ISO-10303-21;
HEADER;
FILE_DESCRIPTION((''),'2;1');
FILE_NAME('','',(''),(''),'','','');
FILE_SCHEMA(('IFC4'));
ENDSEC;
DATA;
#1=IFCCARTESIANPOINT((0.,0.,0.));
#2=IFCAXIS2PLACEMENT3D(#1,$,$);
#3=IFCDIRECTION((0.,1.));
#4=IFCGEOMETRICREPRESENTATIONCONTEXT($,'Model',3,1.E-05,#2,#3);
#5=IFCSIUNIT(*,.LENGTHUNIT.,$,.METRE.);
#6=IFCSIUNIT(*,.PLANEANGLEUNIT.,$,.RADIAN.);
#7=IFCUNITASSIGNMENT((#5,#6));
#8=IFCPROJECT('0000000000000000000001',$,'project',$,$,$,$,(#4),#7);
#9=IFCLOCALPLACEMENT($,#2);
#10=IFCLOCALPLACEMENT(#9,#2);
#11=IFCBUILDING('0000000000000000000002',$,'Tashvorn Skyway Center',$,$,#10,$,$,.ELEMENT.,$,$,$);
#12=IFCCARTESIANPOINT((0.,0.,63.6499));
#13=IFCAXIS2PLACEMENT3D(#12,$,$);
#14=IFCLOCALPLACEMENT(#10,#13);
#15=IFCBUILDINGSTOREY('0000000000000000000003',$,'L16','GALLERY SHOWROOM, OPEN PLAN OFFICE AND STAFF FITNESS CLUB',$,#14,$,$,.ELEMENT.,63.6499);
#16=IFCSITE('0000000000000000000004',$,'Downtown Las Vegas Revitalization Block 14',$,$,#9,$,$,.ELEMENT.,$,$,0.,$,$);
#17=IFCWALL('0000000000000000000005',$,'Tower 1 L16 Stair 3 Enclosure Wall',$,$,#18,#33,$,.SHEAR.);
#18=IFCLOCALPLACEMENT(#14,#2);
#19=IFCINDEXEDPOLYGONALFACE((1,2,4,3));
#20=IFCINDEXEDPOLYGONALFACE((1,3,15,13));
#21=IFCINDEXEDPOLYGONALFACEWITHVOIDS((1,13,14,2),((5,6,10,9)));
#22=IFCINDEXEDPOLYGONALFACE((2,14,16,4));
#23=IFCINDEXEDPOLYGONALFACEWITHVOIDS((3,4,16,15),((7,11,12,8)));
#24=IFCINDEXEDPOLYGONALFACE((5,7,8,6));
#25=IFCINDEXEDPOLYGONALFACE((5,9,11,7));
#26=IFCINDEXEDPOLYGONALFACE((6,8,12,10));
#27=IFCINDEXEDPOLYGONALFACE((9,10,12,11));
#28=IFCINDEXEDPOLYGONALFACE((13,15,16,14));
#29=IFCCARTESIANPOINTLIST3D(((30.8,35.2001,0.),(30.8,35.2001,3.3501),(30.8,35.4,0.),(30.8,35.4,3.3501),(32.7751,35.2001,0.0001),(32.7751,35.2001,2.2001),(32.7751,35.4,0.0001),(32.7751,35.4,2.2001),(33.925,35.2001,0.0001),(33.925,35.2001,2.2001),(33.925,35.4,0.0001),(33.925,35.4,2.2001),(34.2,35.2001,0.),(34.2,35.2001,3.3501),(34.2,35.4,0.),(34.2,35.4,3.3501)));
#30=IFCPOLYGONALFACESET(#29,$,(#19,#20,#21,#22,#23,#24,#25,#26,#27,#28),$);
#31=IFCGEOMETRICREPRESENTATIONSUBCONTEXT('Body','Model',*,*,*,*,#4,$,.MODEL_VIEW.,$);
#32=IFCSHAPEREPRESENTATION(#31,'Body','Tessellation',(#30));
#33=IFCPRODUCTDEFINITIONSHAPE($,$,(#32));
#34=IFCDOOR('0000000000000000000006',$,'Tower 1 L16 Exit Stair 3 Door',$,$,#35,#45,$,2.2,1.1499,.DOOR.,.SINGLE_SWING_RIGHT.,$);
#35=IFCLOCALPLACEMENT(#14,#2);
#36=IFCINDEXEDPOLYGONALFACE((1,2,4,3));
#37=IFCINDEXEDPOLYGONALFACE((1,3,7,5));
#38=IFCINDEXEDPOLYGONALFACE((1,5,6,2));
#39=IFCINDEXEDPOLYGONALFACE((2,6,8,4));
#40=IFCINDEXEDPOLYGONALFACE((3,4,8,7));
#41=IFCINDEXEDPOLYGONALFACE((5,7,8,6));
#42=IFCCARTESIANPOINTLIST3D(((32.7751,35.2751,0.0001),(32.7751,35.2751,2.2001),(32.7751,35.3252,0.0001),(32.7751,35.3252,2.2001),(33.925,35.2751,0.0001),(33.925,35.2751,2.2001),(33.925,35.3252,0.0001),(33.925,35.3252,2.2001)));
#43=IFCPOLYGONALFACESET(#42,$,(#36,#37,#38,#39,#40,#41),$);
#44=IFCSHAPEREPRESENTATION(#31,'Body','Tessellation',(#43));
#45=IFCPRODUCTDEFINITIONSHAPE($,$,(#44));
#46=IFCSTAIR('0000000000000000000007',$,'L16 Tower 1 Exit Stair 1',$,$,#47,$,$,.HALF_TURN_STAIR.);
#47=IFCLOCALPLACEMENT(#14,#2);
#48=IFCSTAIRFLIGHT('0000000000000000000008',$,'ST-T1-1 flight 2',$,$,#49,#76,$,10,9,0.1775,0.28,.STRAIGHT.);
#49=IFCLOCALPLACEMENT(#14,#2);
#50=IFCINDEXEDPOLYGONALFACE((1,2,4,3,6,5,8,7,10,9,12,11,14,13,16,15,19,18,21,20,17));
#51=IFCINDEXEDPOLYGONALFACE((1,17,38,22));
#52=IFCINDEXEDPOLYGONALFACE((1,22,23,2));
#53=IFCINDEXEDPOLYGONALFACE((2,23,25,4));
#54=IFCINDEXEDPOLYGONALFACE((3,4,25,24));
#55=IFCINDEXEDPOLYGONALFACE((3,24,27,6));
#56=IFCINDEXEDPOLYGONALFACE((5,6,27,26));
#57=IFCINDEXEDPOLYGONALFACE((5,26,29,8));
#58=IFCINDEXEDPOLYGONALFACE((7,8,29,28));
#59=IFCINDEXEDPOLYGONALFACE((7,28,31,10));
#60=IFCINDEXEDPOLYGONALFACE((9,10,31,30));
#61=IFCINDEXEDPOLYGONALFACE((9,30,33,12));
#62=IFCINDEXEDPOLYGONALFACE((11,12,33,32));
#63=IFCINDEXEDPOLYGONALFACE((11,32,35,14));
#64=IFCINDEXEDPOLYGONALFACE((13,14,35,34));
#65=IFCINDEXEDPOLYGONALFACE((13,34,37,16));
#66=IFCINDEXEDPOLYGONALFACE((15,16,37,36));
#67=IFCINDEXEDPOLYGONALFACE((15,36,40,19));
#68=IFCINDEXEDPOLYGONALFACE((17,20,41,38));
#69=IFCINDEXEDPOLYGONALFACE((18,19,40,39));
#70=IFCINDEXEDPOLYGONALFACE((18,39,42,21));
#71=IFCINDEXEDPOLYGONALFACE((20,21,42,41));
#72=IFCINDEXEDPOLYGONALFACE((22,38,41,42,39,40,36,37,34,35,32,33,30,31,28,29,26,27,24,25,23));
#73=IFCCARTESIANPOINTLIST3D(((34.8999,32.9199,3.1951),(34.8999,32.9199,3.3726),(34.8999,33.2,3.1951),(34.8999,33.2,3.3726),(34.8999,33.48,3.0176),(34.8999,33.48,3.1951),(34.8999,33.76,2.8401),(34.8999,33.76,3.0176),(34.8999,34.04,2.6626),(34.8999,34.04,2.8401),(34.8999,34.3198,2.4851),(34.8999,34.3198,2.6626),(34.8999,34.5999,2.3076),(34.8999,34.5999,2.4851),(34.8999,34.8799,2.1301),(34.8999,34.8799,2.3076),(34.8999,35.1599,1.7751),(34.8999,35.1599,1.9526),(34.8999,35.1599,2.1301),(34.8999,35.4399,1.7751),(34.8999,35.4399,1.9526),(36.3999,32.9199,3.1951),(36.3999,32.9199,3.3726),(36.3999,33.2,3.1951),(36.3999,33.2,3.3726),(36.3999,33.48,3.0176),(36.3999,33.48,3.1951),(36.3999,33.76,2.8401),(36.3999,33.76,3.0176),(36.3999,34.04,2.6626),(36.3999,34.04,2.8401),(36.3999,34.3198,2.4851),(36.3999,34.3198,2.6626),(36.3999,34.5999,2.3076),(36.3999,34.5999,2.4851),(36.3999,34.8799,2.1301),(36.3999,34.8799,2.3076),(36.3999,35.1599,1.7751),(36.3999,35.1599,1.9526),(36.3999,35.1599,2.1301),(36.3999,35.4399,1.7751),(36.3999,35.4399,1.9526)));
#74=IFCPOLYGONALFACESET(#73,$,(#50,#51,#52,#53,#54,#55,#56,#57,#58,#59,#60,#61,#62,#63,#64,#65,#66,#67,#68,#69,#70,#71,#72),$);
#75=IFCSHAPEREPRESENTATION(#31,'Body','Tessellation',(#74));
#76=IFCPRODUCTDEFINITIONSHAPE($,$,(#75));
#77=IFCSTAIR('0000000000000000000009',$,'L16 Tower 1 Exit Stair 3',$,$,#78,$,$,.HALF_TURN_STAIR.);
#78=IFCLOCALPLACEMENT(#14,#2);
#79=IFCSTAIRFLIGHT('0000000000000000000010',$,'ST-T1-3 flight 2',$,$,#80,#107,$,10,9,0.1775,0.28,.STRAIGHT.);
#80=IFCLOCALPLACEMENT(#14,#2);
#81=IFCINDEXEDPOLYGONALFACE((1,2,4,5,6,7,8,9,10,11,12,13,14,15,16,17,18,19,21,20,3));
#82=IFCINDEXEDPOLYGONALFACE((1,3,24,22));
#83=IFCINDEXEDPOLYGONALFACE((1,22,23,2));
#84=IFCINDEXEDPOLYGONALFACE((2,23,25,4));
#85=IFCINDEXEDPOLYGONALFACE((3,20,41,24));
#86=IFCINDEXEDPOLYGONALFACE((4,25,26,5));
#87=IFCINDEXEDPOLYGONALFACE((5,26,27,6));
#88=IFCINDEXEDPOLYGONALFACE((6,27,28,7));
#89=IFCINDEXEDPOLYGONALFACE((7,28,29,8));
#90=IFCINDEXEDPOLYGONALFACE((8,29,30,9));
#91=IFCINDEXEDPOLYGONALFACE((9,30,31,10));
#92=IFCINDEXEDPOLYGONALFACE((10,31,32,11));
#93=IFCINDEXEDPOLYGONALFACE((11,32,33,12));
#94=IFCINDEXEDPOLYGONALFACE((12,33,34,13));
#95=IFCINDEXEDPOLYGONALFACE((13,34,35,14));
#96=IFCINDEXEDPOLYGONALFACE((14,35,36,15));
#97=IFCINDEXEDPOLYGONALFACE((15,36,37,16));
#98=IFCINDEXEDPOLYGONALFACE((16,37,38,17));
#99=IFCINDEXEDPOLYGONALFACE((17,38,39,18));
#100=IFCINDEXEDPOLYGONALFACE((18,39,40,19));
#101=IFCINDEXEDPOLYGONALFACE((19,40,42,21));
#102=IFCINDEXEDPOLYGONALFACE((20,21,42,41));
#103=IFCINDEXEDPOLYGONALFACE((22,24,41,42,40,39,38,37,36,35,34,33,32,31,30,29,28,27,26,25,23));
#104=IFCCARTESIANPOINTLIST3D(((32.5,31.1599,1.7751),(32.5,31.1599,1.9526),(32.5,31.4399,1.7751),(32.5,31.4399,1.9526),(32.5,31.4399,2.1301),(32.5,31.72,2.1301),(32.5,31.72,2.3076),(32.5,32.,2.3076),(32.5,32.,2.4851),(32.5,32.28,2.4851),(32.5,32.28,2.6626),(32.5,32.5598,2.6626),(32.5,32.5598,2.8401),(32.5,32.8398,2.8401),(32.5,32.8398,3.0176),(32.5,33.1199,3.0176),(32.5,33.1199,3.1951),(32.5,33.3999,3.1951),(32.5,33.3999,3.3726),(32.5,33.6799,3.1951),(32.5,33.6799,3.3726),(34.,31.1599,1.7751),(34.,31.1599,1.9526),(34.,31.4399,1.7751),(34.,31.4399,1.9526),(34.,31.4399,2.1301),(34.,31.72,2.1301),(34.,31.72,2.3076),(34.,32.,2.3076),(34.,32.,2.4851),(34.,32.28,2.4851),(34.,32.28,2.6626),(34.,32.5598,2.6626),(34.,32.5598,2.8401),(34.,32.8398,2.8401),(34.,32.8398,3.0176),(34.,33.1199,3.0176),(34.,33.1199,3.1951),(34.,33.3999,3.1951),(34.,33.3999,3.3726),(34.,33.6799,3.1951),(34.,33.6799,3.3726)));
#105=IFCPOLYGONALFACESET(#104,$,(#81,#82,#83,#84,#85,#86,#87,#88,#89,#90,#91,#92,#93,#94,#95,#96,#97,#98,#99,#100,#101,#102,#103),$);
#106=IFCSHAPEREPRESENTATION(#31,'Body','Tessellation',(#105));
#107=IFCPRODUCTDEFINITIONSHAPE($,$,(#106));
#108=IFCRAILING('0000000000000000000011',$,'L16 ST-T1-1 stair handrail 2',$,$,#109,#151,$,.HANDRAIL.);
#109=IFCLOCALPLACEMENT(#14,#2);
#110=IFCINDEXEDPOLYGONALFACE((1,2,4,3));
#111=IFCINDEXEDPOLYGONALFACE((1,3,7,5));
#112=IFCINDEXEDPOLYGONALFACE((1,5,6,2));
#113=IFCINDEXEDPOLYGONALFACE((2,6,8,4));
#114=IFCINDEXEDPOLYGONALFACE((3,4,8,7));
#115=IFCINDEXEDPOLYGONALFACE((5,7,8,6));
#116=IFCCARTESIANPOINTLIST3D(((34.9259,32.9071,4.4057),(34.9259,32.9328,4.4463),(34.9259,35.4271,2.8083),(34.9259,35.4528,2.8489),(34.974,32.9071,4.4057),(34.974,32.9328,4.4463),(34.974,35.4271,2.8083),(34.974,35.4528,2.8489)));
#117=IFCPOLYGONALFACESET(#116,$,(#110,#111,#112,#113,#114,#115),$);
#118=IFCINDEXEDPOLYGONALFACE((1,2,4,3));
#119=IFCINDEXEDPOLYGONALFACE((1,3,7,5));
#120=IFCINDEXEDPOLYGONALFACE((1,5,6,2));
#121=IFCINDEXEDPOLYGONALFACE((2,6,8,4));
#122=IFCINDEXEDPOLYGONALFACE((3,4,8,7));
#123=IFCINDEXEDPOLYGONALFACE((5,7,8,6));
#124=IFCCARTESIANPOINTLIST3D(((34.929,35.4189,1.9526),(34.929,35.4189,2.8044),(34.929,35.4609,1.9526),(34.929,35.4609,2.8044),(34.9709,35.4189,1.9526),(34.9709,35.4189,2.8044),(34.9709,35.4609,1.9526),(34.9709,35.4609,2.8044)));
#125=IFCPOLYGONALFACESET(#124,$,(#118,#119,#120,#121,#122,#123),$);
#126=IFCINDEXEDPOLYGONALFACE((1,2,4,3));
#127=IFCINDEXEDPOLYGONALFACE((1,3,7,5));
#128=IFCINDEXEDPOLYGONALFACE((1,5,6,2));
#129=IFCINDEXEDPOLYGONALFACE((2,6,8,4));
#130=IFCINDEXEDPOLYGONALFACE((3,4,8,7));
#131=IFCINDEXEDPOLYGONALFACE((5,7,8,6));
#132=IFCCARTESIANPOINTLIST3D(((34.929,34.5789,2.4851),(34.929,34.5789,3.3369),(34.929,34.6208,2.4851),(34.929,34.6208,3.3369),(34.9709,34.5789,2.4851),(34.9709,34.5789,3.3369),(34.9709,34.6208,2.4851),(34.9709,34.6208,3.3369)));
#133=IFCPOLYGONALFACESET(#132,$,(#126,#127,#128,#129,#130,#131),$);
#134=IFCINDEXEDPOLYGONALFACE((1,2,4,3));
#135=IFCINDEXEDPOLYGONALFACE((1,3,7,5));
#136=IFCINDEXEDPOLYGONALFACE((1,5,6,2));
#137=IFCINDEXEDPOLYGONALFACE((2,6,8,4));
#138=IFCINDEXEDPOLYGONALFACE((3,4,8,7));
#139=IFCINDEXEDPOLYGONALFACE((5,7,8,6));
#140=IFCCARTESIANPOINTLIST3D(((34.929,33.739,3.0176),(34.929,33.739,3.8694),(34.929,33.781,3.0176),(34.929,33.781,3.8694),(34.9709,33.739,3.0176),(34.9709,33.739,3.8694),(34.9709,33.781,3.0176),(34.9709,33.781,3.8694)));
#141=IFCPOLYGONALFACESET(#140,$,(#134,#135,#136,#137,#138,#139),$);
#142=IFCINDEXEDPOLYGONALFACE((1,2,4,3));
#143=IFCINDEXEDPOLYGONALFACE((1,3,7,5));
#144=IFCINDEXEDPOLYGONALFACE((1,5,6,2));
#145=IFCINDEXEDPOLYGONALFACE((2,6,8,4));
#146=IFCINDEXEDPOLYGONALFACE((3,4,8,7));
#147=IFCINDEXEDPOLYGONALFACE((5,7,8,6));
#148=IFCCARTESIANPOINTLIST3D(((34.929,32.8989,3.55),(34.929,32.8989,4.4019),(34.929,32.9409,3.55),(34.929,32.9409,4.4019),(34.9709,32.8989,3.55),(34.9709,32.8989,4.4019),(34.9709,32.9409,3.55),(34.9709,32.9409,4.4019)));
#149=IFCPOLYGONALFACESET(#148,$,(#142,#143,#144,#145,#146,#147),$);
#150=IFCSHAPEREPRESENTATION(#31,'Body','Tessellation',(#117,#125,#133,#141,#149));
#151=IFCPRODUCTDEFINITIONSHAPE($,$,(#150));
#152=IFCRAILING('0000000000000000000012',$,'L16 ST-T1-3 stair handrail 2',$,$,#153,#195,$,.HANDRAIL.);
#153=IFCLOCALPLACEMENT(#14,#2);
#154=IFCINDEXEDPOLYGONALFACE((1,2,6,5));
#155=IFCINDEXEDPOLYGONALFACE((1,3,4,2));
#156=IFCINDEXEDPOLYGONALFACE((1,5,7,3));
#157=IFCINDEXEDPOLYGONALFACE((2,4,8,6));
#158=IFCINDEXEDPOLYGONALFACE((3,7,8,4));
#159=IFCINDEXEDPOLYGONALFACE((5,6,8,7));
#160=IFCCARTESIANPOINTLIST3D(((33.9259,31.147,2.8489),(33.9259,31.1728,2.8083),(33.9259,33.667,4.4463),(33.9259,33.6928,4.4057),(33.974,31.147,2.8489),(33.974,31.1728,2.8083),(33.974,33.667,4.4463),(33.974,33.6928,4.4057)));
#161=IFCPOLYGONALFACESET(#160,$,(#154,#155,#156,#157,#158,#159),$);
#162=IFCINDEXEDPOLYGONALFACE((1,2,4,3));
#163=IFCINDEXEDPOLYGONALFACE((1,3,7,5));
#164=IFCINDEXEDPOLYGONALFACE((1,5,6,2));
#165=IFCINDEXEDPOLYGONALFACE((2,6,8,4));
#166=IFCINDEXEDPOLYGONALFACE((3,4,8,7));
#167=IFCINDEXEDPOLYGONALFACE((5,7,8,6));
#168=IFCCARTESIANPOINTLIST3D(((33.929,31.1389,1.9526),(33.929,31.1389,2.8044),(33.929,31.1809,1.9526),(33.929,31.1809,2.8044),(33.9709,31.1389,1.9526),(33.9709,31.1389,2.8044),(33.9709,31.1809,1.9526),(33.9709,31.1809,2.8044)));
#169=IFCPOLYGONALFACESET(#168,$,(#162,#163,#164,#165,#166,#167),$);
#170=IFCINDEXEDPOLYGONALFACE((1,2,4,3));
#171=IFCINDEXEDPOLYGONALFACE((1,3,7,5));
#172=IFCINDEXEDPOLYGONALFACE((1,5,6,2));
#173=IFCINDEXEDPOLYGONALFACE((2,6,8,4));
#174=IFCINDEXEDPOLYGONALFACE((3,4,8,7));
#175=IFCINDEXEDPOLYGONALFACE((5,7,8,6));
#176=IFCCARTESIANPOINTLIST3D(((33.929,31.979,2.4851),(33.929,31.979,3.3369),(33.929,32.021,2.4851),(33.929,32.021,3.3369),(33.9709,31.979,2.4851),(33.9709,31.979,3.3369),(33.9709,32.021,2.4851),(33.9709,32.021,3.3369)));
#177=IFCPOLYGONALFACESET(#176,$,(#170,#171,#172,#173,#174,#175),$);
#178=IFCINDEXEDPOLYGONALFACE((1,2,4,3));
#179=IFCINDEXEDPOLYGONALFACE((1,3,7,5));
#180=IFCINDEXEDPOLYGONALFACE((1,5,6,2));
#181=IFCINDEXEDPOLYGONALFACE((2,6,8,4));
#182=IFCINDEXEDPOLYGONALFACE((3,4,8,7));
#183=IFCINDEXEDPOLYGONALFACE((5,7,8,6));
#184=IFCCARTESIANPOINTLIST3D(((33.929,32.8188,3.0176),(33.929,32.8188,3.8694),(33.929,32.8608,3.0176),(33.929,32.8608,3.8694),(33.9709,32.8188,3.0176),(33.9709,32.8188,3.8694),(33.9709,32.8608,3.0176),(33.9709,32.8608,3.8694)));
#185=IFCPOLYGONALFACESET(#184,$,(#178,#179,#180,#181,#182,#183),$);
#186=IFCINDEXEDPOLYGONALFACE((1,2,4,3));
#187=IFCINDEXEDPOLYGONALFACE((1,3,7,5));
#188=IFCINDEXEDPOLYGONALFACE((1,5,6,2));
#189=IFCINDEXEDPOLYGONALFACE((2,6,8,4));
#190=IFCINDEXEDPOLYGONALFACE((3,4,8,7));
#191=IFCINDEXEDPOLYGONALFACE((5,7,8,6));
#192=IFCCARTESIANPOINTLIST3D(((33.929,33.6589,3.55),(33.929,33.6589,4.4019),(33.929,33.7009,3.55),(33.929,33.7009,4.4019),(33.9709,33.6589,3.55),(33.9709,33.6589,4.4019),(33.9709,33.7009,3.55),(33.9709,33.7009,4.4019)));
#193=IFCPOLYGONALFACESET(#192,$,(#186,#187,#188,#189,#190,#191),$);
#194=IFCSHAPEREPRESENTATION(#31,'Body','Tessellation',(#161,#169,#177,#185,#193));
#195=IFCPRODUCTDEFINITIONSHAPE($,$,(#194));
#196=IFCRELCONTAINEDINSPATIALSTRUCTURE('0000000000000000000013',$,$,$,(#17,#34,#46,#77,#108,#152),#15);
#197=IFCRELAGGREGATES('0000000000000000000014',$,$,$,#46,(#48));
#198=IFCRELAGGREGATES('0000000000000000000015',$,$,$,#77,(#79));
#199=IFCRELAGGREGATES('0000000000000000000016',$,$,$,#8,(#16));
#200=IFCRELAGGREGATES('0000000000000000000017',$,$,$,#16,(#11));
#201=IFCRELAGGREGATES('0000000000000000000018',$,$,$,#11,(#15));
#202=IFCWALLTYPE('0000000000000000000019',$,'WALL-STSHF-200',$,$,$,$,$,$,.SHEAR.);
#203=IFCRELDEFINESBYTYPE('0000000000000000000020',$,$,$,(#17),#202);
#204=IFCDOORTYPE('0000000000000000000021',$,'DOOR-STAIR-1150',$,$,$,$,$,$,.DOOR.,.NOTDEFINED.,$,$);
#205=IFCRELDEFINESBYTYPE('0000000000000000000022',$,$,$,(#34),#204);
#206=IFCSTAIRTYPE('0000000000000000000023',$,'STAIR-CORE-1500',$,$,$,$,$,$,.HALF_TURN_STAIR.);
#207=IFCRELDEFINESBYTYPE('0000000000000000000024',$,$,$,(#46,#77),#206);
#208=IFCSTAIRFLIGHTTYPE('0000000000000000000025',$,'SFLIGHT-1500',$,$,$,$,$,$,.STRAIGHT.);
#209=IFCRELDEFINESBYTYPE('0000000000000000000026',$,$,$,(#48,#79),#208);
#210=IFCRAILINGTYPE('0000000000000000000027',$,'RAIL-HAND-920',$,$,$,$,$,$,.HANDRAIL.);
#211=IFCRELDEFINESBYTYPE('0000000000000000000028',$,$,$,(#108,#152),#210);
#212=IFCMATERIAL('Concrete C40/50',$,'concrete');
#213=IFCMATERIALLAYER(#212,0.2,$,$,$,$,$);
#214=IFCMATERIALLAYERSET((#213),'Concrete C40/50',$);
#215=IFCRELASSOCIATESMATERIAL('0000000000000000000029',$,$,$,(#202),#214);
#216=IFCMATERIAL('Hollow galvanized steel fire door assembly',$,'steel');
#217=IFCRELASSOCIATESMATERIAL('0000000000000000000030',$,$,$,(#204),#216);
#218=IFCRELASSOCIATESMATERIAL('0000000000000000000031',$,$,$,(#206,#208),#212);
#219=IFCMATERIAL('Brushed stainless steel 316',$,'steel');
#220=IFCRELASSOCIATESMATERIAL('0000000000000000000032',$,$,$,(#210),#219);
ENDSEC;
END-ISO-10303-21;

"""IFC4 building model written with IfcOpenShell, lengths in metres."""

from ifc_helpers import new_model, si_unit, direction, frame, frame_2d, origin, origin_2d, place, context, subcontext, project, spatial, polyline, rectangle, outline, extrude, material, layer, layer_set, type_object, element, fill, aggregate, save


model = new_model("IFC4")

# Units and contexts
model_context = context("Model", 3, precision=1e-05, world=origin(), true_north=direction((0.0, 1.0)))
body_context = subcontext(model_context, "Body", "Model", "MODEL_VIEW")
ifc_project = project(units=[si_unit("LENGTHUNIT", "METRE"), si_unit("PLANEANGLEUNIT", "RADIAN")], contexts=[model_context])

# Site, building, storey
site_placement = place(None, origin())
site = spatial("IfcSite", under=ifc_project, at=site_placement, Name="Downtown Las Vegas Revitalization Block 14", CompositionType="ELEMENT", RefElevation=0.0)
building_placement = place(site_placement, origin())
building = spatial("IfcBuilding", under=site, at=building_placement, Name="Tashvorn Skyway Center", CompositionType="ELEMENT")
storey_placement = place(building_placement, frame((0.0, 0.0, 63.6499)))
storey = spatial("IfcBuildingStorey", under=building, at=storey_placement, Name="L16", Description="GALLERY SHOWROOM, OPEN PLAN OFFICE AND STAFF FITNESS CLUB", CompositionType="ELEMENT", Elevation=63.6499)

# Shared definitions
ifc_material_1 = material(Name="Hollow galvanized steel fire door assembly", Category="steel")

# Shared definitions
ifc_material_2 = material(Name="Concrete C40/50", Category="concrete")
ifc_layer_1 = layer(ifc_material_2, 0.2)
ifc_layer_set_1 = layer_set([ifc_layer_1], Name="Concrete C40/50")
wall_type_1 = type_object("IfcWallType", Name="WALL-STSHF-200", PredefinedType="SHEAR", material=ifc_layer_set_1)

# Wall, opening, door
wall_1_placement = place(storey_placement, frame((34.2, 35.3, 0.0), z_axis=(0.0, 0.0, 1.0), x_axis=(-1.0, 0.0, 0.0)))
wall_1 = element("IfcWall", 1, at=wall_1_placement, inside=storey, type_object=wall_type_1, Name="Tower 1 L16 Stair 3 Enclosure Wall", PredefinedType="SHEAR", context=body_context, shape_type="SweptSolid", body=[
    extrude(rectangle(XDim=3.3999, YDim=0.2, at=frame_2d((1.7, 0.0))), origin(), (0.0, 0.0, 1.0), 3.3501),
])
opening_1_placement = place(wall_1_placement, frame((0.2749, 0.0, 0.0)))
opening_1 = element("IfcOpeningElement", 2, at=opening_1_placement, cuts=wall_1, PredefinedType="OPENING", context=body_context, shape_type="SweptSolid", body=[
    extrude(rectangle(XDim=1.1499, YDim=2.2, at=frame_2d((0.575, 1.1001))), frame((0.0, 0.1099, 0.0), z_axis=(0.0, -1.0, 0.0), x_axis=(1.0, 0.0, 0.0)), (0.0, 0.0, 1.0), 0.22),
])
door_type_1 = type_object("IfcDoorType", Name="DOOR-STAIR-1150", OperationType="NOTDEFINED", PredefinedType="DOOR", material=ifc_material_1)
door_1_placement = place(opening_1_placement, origin())
door_1 = element("IfcDoor", 3, at=door_1_placement, inside=storey, type_object=door_type_1, Name="Tower 1 L16 Exit Stair 3 Door", OperationType="SINGLE_SWING_RIGHT", OverallHeight=2.2, OverallWidth=1.1499, PredefinedType="DOOR", context=body_context, shape_type="SweptSolid", body=[
    extrude(rectangle(XDim=1.1499, YDim=2.2, at=frame_2d((0.575, 1.1001))), frame((0.0, 0.0249, 0.0), z_axis=(0.0, -1.0, 0.0), x_axis=(1.0, 0.0, 0.0)), (0.0, 0.0, 1.0), 0.05),
])
fill(opening_1, door_1)

# Stairs, stair flights
stair_type = type_object("IfcStairType", Name="STAIR-CORE-1500", PredefinedType="HALF_TURN_STAIR", material=ifc_material_2)
stair_1_placement = place(storey_placement, origin())
stair_1 = element("IfcStair", 4, at=stair_1_placement, inside=storey, type_object=stair_type, Name="L16 Tower 1 Exit Stair 1", PredefinedType="HALF_TURN_STAIR")
stair_flight_type = type_object("IfcStairFlightType", Name="SFLIGHT-1500", PredefinedType="STRAIGHT", material=ifc_material_2)
stair_flight_1_placement = place(storey_placement, frame((35.6499, 35.4399, 1.7751), z_axis=(0.0, 0.0, 1.0), x_axis=(0.0, -1.0, 0.0)))
stair_flight_1 = element("IfcStairFlight", 5, at=stair_flight_1_placement, type_object=stair_flight_type, Name="ST-T1-1 flight 2", NumberOfRisers=10, NumberOfTreads=9, PredefinedType="STRAIGHT", RiserHeight=0.1775, TreadLength=0.28, context=body_context, shape_type="SweptSolid", body=[
    extrude(outline(polyline([(0.0, 0.0), (0.0, 0.1775), (0.28, 0.1775), (0.28, 0.355), (0.5601, 0.355), (0.5601, 0.5325), (0.8401, 0.5325), (0.8401, 0.71), (1.1201, 0.71), (1.1201, 0.8875), (1.3999, 0.8875), (1.3999, 1.0649), (1.6799, 1.0649), (1.6799, 1.2424), (1.96, 1.2424), (1.96, 1.4199), (2.24, 1.4199), (2.24, 1.5974), (2.52, 1.5974), (2.52, 1.7749), (2.52, 1.4199), (0.28, 0.0), (0.0, 0.0)])), frame((0.0, 0.75, 0.0), z_axis=(0.0, -1.0, 0.0), x_axis=(1.0, 0.0, 0.0)), (0.0, 0.0, 1.0), 1.5),
])
aggregate(stair_1, [stair_flight_1])
stair_2_placement = place(storey_placement, origin())
stair_2 = element("IfcStair", 6, at=stair_2_placement, inside=storey, type_object=stair_type, Name="L16 Tower 1 Exit Stair 3", PredefinedType="HALF_TURN_STAIR")
stair_flight_2_placement = place(storey_placement, frame((33.25, 31.1599, 1.7751), z_axis=(0.0, 0.0, 1.0), x_axis=(0.0, 1.0, 0.0)))
stair_flight_2 = element("IfcStairFlight", 7, at=stair_flight_2_placement, type_object=stair_flight_type, Name="ST-T1-3 flight 2", NumberOfRisers=10, NumberOfTreads=9, PredefinedType="STRAIGHT", RiserHeight=0.1775, TreadLength=0.28, context=body_context, shape_type="SweptSolid", body=[
    extrude(outline(polyline([(0.0, 0.0), (0.0, 0.1775), (0.28, 0.1775), (0.28, 0.355), (0.5601, 0.355), (0.5601, 0.5325), (0.8401, 0.5325), (0.8401, 0.71), (1.1201, 0.71), (1.1201, 0.8875), (1.3999, 0.8875), (1.3999, 1.0649), (1.6799, 1.0649), (1.6799, 1.2424), (1.96, 1.2424), (1.96, 1.4199), (2.24, 1.4199), (2.24, 1.5974), (2.52, 1.5974), (2.52, 1.7749), (2.52, 1.4199), (0.28, 0.0), (0.0, 0.0)])), frame((0.0, 0.75, 0.0), z_axis=(0.0, -1.0, 0.0), x_axis=(1.0, 0.0, 0.0)), (0.0, 0.0, 1.0), 1.5),
])
aggregate(stair_2, [stair_flight_2])

# Railings
ifc_material_3 = material(Name="Brushed stainless steel 316", Category="steel")
railing_type_1 = type_object("IfcRailingType", Name="RAIL-HAND-920", PredefinedType="HANDRAIL", material=ifc_material_3)
railing_1_placement = place(storey_placement, frame((34.95, 35.4399, 1.9526)))
element("IfcRailing", 8, at=railing_1_placement, inside=storey, type_object=railing_type_1, Name="L16 ST-T1-1 stair handrail 2", PredefinedType="HANDRAIL", context=body_context, shape_type="SweptSolid", body=[
    extrude(rectangle(XDim=0.0481, YDim=0.0481, at=origin_2d()), frame((0.0, 0.0, 0.876), z_axis=(0.0, -0.844607, 0.535387), x_axis=(1.0, 0.0, 0.0)), (0.0, 0.0, 1.0), 2.9836),
    extrude(rectangle(XDim=0.042, YDim=0.042, at=origin_2d()), origin(), (0.0, 0.0, 1.0), 0.8518),
    extrude(rectangle(XDim=0.042, YDim=0.042, at=origin_2d()), frame((0.0, -0.8401, 0.5325)), (0.0, 0.0, 1.0), 0.8518),
    extrude(rectangle(XDim=0.042, YDim=0.042, at=origin_2d()), frame((0.0, -1.6799, 1.0649)), (0.0, 0.0, 1.0), 0.8518),
    extrude(rectangle(XDim=0.042, YDim=0.042, at=origin_2d()), frame((0.0, -2.52, 1.5974)), (0.0, 0.0, 1.0), 0.8518),
])
railing_2_placement = place(storey_placement, frame((33.95, 31.1599, 1.9526)))
element("IfcRailing", 9, at=railing_2_placement, inside=storey, type_object=railing_type_1, Name="L16 ST-T1-3 stair handrail 2", PredefinedType="HANDRAIL", context=body_context, shape_type="SweptSolid", body=[
    extrude(rectangle(XDim=0.0481, YDim=0.0481, at=origin_2d()), frame((0.0, 0.0, 0.876), z_axis=(0.0, 0.844607, 0.535387), x_axis=(-1.0, 0.0, 0.0)), (0.0, 0.0, 1.0), 2.9836),
    extrude(rectangle(XDim=0.042, YDim=0.042, at=origin_2d()), origin(), (0.0, 0.0, 1.0), 0.8518),
    extrude(rectangle(XDim=0.042, YDim=0.042, at=origin_2d()), frame((0.0, 0.8401, 0.5325)), (0.0, 0.0, 1.0), 0.8518),
    extrude(rectangle(XDim=0.042, YDim=0.042, at=origin_2d()), frame((0.0, 1.6799, 1.0649)), (0.0, 0.0, 1.0), 0.8518),
    extrude(rectangle(XDim=0.042, YDim=0.042, at=origin_2d()), frame((0.0, 2.52, 1.5974)), (0.0, 0.0, 1.0), 0.8518),
])

save(model, "model.ifc")
